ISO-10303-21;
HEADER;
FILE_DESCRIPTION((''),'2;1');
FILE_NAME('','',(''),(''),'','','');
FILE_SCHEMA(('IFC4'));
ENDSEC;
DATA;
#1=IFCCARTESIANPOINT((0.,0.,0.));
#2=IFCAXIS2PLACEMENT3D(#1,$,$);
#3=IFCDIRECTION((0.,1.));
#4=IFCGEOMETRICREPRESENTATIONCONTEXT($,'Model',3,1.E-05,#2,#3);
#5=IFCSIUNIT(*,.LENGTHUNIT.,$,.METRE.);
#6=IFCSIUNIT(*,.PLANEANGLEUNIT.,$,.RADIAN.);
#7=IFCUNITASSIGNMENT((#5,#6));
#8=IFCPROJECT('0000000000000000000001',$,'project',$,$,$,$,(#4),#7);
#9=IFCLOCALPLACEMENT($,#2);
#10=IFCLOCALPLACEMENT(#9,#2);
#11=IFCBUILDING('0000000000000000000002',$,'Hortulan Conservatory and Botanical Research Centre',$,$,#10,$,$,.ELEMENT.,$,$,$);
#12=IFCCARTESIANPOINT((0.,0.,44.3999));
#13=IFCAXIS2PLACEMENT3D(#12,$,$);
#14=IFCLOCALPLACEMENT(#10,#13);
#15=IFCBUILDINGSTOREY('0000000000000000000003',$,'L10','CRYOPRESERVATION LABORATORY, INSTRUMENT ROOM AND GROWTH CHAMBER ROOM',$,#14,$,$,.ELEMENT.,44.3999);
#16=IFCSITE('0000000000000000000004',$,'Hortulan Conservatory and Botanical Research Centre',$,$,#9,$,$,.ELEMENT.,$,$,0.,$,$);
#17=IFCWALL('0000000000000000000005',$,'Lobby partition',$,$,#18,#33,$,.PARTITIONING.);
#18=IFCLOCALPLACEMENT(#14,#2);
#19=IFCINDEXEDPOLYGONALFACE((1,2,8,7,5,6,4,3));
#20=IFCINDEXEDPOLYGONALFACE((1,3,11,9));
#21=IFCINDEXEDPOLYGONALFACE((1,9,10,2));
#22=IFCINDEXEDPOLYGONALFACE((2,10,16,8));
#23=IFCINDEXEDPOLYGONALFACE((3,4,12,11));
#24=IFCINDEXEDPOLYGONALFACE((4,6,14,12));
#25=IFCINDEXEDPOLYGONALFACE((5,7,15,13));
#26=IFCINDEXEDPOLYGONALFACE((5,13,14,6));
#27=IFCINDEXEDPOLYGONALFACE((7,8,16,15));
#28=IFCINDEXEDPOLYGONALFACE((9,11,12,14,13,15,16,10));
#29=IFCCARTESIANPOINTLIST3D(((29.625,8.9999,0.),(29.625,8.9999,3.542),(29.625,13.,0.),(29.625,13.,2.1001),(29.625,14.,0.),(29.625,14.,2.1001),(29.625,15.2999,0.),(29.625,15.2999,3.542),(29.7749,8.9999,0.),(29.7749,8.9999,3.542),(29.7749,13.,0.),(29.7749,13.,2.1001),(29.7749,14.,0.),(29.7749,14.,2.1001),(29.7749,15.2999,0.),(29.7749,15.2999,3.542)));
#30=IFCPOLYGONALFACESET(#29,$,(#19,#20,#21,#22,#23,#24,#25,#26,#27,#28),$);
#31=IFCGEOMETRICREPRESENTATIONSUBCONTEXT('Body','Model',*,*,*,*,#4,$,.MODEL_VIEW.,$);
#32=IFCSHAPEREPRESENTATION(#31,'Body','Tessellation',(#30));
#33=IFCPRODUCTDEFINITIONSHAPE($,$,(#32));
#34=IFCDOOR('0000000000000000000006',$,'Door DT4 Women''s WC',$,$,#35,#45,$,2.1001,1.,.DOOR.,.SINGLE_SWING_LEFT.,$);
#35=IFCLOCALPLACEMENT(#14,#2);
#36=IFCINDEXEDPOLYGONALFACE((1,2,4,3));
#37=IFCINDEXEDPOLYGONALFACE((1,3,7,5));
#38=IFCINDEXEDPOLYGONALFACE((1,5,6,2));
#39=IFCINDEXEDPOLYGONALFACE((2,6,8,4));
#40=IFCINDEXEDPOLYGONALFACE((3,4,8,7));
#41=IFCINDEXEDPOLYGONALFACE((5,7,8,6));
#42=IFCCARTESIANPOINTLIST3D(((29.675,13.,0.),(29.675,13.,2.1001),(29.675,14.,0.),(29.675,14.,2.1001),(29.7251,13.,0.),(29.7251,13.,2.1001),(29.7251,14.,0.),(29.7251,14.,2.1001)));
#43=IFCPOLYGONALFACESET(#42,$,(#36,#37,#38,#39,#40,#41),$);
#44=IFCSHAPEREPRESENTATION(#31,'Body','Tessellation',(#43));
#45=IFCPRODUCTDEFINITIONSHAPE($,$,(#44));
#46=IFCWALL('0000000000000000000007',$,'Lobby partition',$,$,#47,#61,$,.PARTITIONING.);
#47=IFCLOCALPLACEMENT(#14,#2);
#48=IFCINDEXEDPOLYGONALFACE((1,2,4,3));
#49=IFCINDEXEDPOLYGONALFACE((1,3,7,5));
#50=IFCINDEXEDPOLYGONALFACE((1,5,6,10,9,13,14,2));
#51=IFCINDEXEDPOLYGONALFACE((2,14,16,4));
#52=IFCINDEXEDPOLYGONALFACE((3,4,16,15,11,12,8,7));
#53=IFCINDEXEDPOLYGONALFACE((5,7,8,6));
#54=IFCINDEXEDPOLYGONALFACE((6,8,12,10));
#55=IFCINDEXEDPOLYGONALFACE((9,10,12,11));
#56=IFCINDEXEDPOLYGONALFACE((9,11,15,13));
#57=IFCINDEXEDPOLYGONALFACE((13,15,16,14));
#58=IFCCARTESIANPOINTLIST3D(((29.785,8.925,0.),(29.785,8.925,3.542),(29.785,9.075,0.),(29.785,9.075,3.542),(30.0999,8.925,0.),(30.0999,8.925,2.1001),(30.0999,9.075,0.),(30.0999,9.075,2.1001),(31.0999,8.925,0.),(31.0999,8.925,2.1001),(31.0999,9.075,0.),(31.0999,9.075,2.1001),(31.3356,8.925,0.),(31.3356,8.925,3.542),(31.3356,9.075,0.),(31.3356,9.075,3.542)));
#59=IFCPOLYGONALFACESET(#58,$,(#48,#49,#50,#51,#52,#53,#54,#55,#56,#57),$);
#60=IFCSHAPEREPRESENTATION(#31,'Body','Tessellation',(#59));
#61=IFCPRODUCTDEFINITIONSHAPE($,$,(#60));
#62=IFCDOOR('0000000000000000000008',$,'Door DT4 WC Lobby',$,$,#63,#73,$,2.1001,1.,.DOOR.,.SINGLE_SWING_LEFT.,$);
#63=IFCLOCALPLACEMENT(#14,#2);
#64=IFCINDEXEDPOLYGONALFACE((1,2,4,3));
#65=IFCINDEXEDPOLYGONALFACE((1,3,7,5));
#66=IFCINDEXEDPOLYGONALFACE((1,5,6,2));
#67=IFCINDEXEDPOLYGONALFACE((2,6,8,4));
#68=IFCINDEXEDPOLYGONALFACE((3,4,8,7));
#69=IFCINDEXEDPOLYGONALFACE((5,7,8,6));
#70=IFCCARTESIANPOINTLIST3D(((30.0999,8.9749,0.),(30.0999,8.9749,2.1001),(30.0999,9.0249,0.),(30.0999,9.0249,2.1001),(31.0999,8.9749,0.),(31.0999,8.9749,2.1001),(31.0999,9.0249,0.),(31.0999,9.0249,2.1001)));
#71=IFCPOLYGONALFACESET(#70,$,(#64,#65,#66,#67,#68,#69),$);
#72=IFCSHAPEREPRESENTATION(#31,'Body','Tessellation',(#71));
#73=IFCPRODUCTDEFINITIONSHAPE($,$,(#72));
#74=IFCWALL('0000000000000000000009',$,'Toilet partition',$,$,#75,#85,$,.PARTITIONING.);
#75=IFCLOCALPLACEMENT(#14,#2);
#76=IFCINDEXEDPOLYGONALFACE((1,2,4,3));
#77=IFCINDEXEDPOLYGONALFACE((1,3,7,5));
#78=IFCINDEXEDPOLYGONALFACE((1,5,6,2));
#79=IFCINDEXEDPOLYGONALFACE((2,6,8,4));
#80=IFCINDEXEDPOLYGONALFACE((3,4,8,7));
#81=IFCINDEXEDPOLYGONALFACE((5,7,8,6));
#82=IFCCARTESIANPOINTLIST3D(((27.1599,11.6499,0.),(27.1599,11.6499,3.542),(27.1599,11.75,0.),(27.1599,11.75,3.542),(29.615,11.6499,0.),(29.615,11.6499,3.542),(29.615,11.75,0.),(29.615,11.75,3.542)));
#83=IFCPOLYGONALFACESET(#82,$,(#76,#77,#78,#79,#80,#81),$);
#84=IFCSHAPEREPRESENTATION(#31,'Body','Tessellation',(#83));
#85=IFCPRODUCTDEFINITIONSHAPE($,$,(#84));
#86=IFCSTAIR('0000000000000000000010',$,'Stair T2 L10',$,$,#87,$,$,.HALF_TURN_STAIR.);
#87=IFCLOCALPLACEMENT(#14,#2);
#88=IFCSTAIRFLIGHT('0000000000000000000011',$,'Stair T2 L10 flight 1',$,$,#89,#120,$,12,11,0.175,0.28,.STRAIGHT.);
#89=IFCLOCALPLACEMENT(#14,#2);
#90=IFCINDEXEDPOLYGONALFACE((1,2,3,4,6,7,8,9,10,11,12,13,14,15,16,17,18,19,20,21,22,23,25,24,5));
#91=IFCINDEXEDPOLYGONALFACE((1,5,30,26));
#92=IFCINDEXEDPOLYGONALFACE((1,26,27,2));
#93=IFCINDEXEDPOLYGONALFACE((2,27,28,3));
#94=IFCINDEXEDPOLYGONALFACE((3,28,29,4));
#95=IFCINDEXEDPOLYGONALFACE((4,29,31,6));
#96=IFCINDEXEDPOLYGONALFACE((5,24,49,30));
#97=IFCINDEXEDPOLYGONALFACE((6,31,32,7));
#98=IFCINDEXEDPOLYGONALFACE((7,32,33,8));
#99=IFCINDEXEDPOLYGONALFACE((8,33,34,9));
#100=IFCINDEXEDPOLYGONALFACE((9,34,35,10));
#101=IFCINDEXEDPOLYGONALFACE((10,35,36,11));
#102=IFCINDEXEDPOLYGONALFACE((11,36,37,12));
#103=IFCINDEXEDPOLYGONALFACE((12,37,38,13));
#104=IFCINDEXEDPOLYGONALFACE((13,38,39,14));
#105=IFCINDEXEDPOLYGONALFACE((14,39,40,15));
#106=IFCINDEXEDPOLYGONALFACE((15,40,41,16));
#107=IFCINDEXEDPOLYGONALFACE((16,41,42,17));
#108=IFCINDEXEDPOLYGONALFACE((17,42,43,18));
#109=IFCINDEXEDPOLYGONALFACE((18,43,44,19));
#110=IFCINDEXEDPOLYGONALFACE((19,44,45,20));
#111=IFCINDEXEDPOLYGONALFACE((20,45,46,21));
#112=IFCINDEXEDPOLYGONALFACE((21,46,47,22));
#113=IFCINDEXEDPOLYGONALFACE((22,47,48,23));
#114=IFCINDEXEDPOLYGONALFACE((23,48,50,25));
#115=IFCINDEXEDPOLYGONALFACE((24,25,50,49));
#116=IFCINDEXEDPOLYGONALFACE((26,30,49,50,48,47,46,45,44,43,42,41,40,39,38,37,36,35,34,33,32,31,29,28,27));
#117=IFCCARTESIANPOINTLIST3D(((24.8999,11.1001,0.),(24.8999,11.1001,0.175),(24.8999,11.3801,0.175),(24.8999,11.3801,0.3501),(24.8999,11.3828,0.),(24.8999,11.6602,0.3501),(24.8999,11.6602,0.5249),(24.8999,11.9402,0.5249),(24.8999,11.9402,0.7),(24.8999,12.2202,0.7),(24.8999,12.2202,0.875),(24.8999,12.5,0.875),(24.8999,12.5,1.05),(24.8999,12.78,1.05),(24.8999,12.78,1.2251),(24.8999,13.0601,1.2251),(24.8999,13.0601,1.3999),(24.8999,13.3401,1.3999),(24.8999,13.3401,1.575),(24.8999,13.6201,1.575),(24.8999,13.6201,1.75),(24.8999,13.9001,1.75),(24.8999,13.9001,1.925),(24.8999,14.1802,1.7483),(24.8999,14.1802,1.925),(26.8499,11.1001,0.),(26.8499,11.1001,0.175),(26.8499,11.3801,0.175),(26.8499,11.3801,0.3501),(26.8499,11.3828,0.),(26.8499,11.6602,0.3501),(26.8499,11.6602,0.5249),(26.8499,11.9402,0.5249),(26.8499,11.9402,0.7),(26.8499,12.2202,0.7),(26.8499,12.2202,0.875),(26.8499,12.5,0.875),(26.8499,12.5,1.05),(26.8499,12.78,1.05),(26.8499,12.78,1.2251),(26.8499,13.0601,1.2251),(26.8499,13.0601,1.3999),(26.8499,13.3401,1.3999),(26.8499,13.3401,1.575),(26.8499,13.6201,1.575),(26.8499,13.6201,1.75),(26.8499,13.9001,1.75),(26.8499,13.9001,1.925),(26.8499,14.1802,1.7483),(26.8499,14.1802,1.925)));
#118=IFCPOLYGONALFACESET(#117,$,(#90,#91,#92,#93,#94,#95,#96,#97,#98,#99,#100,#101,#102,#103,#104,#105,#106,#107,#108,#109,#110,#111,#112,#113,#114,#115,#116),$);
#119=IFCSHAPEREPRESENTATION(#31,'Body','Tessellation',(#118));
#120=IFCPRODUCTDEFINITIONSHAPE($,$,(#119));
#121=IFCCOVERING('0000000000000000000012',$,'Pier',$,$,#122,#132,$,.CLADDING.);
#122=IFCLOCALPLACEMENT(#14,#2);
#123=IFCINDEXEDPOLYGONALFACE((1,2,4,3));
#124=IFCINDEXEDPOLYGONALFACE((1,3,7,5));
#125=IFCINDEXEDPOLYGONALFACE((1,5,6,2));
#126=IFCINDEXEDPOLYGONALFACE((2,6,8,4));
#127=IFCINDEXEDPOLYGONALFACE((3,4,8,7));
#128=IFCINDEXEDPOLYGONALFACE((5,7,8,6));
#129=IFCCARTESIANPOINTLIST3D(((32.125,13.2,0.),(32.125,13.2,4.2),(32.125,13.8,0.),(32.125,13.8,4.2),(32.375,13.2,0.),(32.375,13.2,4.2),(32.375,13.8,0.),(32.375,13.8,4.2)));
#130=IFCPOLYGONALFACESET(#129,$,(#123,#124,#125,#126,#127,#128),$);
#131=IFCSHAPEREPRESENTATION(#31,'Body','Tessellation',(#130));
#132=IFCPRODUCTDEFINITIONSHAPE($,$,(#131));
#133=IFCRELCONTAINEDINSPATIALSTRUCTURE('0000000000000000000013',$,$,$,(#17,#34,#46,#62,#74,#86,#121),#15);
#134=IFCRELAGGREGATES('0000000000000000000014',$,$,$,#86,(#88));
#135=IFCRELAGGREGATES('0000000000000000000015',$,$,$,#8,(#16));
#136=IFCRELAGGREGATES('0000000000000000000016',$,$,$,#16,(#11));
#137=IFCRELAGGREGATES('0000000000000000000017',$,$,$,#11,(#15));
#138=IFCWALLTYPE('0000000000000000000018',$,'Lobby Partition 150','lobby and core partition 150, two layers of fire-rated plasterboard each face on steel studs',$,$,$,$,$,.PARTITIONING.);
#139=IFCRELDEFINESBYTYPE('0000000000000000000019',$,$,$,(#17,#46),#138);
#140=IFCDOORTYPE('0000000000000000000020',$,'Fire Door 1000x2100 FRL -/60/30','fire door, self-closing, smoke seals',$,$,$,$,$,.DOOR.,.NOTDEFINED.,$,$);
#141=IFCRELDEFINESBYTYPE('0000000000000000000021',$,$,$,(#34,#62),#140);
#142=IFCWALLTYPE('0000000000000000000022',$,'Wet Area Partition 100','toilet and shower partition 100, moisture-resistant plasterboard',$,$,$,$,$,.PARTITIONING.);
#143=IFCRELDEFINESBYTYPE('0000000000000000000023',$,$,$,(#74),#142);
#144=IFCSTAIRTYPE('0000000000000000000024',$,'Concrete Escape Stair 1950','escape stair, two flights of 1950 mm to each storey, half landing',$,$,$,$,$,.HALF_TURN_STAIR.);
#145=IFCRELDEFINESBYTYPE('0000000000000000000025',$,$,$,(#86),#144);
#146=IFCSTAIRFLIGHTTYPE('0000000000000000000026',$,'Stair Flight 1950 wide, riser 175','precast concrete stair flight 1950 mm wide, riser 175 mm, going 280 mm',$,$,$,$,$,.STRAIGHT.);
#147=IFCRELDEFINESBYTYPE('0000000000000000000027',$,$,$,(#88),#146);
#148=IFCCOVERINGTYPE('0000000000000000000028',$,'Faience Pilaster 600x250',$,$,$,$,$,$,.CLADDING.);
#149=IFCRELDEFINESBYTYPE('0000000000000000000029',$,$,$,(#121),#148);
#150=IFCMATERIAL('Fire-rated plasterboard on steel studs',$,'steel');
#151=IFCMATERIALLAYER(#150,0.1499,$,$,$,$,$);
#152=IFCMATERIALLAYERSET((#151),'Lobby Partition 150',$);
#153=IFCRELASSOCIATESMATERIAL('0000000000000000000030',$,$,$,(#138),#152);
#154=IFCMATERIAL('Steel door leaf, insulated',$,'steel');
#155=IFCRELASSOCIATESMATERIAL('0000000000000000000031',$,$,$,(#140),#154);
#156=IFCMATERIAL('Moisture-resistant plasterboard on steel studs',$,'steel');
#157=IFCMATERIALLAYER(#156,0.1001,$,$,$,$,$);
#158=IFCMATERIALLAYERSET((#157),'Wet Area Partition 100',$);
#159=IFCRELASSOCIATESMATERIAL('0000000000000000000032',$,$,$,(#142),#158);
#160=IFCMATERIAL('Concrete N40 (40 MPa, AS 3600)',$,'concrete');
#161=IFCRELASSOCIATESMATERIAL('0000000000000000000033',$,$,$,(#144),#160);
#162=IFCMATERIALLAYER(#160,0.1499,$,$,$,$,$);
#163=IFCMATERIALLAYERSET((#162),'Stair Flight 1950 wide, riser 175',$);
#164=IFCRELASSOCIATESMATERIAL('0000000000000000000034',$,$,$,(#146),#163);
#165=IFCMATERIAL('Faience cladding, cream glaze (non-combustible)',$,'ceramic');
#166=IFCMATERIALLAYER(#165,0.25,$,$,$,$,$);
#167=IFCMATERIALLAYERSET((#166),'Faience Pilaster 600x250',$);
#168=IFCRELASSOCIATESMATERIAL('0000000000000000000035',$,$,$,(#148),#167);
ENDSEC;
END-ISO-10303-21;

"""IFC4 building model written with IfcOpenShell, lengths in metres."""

from ifc_helpers import new_model, si_unit, direction, frame, frame_2d, origin, origin_2d, place, context, subcontext, project, spatial, polyline, rectangle, outline, extrude, material, layer, layer_set, type_object, element, fill, aggregate, save


model = new_model("IFC4")

# Units and contexts
model_context = context("Model", 3, precision=1e-05, world=origin(), true_north=direction((0.0, 1.0)))
body_context = subcontext(model_context, "Body", "Model", "MODEL_VIEW")
ifc_project = project(units=[si_unit("LENGTHUNIT", "METRE"), si_unit("PLANEANGLEUNIT", "RADIAN")], contexts=[model_context])

# Site, building, storey
site_placement = place(None, origin())
site = spatial("IfcSite", under=ifc_project, at=site_placement, Name="Hortulan Conservatory and Botanical Research Centre", CompositionType="ELEMENT", RefElevation=0.0)
building_placement = place(site_placement, origin())
building = spatial("IfcBuilding", under=site, at=building_placement, Name="Hortulan Conservatory and Botanical Research Centre", CompositionType="ELEMENT")
storey_placement = place(building_placement, frame((0.0, 0.0, 44.3999)))
storey = spatial("IfcBuildingStorey", under=building, at=storey_placement, Name="L10", Description="CRYOPRESERVATION LABORATORY, INSTRUMENT ROOM AND GROWTH CHAMBER ROOM", CompositionType="ELEMENT", Elevation=44.3999)

# Shared definitions
ifc_material_1 = material(Name="Concrete N40 (40 MPa, AS 3600)", Category="concrete")

# Walls, openings, doors
ifc_material_2 = material(Name="Fire-rated plasterboard on steel studs", Category="steel")
ifc_layer_1 = layer(ifc_material_2, 0.1499)
ifc_layer_set_1 = layer_set([ifc_layer_1], Name="Lobby Partition 150")
wall_type_1 = type_object("IfcWallType", Name="Lobby Partition 150", Description="lobby and core partition 150, two layers of fire-rated plasterboard each face on steel studs", PredefinedType="PARTITIONING", material=ifc_layer_set_1)
wall_1_placement = place(storey_placement, frame((29.7, 9.0, 0.0), z_axis=(0.0, 0.0, 1.0), x_axis=(0.0, 1.0, 0.0)))
wall_1 = element("IfcWall", 1, at=wall_1_placement, inside=storey, type_object=wall_type_1, Name="Lobby partition", PredefinedType="PARTITIONING", context=body_context, shape_type="SweptSolid", body=[
    extrude(rectangle(XDim=6.3, YDim=0.1499, at=frame_2d((3.1499, 0.0))), origin(), (0.0, 0.0, 1.0), 3.542),
])
opening_1_placement = place(wall_1_placement, frame((4.0, 0.0, 0.0)))
opening_1 = element("IfcOpeningElement", 2, at=opening_1_placement, cuts=wall_1, PredefinedType="OPENING", context=body_context, shape_type="SweptSolid", body=[
    extrude(rectangle(XDim=1.0, YDim=2.1001, at=frame_2d((0.5, 1.05))), frame((0.0, 0.085, 0.0), z_axis=(0.0, -1.0, 0.0), x_axis=(1.0, 0.0, 0.0)), (0.0, 0.0, 1.0), 0.1699),
])
ifc_material_3 = material(Name="Steel door leaf, insulated", Category="steel")
door_type_1 = type_object("IfcDoorType", Name="Fire Door 1000x2100 FRL -/60/30", Description="fire door, self-closing, smoke seals", OperationType="NOTDEFINED", PredefinedType="DOOR", material=ifc_material_3)
door_1_placement = place(opening_1_placement, origin())
door_1 = element("IfcDoor", 3, at=door_1_placement, inside=storey, type_object=door_type_1, Name="Door DT4 Women's WC", OperationType="SINGLE_SWING_LEFT", OverallHeight=2.1001, OverallWidth=1.0, PredefinedType="DOOR", context=body_context, shape_type="SweptSolid", body=[
    extrude(rectangle(XDim=1.0, YDim=2.1001, at=frame_2d((0.5, 1.05))), frame((0.0, 0.0249, 0.0), z_axis=(0.0, -1.0, 0.0), x_axis=(1.0, 0.0, 0.0)), (0.0, 0.0, 1.0), 0.05),
])
fill(opening_1, door_1)
wall_2_placement = place(storey_placement, frame((29.7849, 9.0, 0.0), z_axis=(0.0, 0.0, 1.0), x_axis=(1.0, 0.0, 0.0)))
wall_2 = element("IfcWall", 4, at=wall_2_placement, inside=storey, type_object=wall_type_1, Name="Lobby partition", PredefinedType="PARTITIONING", context=body_context, shape_type="SweptSolid", body=[
    extrude(rectangle(XDim=1.5505, YDim=0.1499, at=frame_2d((0.7754, 0.0))), origin(), (0.0, 0.0, 1.0), 3.542),
])
opening_2_placement = place(wall_2_placement, frame((0.3149, 0.0, 0.0)))
opening_2 = element("IfcOpeningElement", 5, at=opening_2_placement, cuts=wall_2, PredefinedType="OPENING", context=body_context, shape_type="SweptSolid", body=[
    extrude(rectangle(XDim=1.0, YDim=2.1001, at=frame_2d((0.5, 1.05))), frame((0.0, 0.085, 0.0), z_axis=(0.0, -1.0, 0.0), x_axis=(1.0, 0.0, 0.0)), (0.0, 0.0, 1.0), 0.1699),
])
door_2_placement = place(opening_2_placement, origin())
door_2 = element("IfcDoor", 6, at=door_2_placement, inside=storey, type_object=door_type_1, Name="Door DT4 WC Lobby", OperationType="SINGLE_SWING_LEFT", OverallHeight=2.1001, OverallWidth=1.0, PredefinedType="DOOR", context=body_context, shape_type="SweptSolid", body=[
    extrude(rectangle(XDim=1.0, YDim=2.1001, at=frame_2d((0.5, 1.05))), frame((0.0, 0.0249, 0.0), z_axis=(0.0, -1.0, 0.0), x_axis=(1.0, 0.0, 0.0)), (0.0, 0.0, 1.0), 0.05),
])
fill(opening_2, door_2)

# Wall
ifc_material_4 = material(Name="Moisture-resistant plasterboard on steel studs", Category="steel")
ifc_layer_2 = layer(ifc_material_4, 0.1001)
ifc_layer_set_2 = layer_set([ifc_layer_2], Name="Wet Area Partition 100")
wall_type_2 = type_object("IfcWallType", Name="Wet Area Partition 100", Description="toilet and shower partition 100, moisture-resistant plasterboard", PredefinedType="PARTITIONING", material=ifc_layer_set_2)
wall_3_placement = place(storey_placement, frame((27.1599, 11.7, 0.0), z_axis=(0.0, 0.0, 1.0), x_axis=(1.0, 0.0, 0.0)))
element("IfcWall", 7, at=wall_3_placement, inside=storey, type_object=wall_type_2, Name="Toilet partition", PredefinedType="PARTITIONING", context=body_context, shape_type="SweptSolid", body=[
    extrude(rectangle(XDim=2.4551, YDim=0.1001, at=frame_2d((1.2275, 0.0))), origin(), (0.0, 0.0, 1.0), 3.542),
])

# Stair, stair flight
stair_type = type_object("IfcStairType", Name="Concrete Escape Stair 1950", Description="escape stair, two flights of 1950 mm to each storey, half landing", PredefinedType="HALF_TURN_STAIR", material=ifc_material_1)
stair_placement = place(storey_placement, origin())
stair = element("IfcStair", 8, at=stair_placement, inside=storey, type_object=stair_type, Name="Stair T2 L10", PredefinedType="HALF_TURN_STAIR")
ifc_layer_3 = layer(ifc_material_1, 0.1499)
ifc_layer_set_3 = layer_set([ifc_layer_3], Name="Stair Flight 1950 wide, riser 175")
stair_flight_type = type_object("IfcStairFlightType", Name="Stair Flight 1950 wide, riser 175", Description="precast concrete stair flight 1950 mm wide, riser 175 mm, going 280 mm", PredefinedType="STRAIGHT", material=ifc_layer_set_3)
stair_flight_placement = place(storey_placement, frame((25.875, 11.1001, 0.0), z_axis=(0.0, 0.0, 1.0), x_axis=(0.0, 1.0, 0.0)))
stair_flight = element("IfcStairFlight", 9, at=stair_flight_placement, type_object=stair_flight_type, Name="Stair T2 L10 flight 1", NumberOfRisers=12, NumberOfTreads=11, PredefinedType="STRAIGHT", RiserHeight=0.175, TreadLength=0.28, context=body_context, shape_type="SweptSolid", body=[
    extrude(outline(polyline([(0.0, 0.0), (0.0, 0.175), (0.28, 0.175), (0.28, 0.3501), (0.5601, 0.3501), (0.5601, 0.5249), (0.8401, 0.5249), (0.8401, 0.7), (1.1201, 0.7), (1.1201, 0.875), (1.3999, 0.875), (1.3999, 1.05), (1.6799, 1.05), (1.6799, 1.2251), (1.96, 1.2251), (1.96, 1.3999), (2.24, 1.3999), (2.24, 1.575), (2.52, 1.575), (2.52, 1.75), (2.8, 1.75), (2.8, 1.925), (3.0801, 1.925), (3.0801, 2.1001), (3.0801, 1.7483), (0.2827, 0.0), (0.0, 0.0)])), frame((0.0, 0.9751, 0.0), z_axis=(0.0, -1.0, 0.0), x_axis=(1.0, 0.0, 0.0)), (0.0, 0.0, 1.0), 1.95),
])
aggregate(stair, [stair_flight])

# Covering
ifc_material_5 = material(Name="Faience cladding, cream glaze (non-combustible)", Category="ceramic")
ifc_layer_4 = layer(ifc_material_5, 0.25)
ifc_layer_set_4 = layer_set([ifc_layer_4], Name="Faience Pilaster 600x250")
covering_type = type_object("IfcCoveringType", Name="Faience Pilaster 600x250", PredefinedType="CLADDING", material=ifc_layer_set_4)
covering_placement = place(storey_placement, frame((32.25, 13.5, 0.0), z_axis=(0.0, 0.0, 1.0), x_axis=(0.0, 1.0, 0.0)))
element("IfcCovering", 10, at=covering_placement, inside=storey, type_object=covering_type, Name="Pier", PredefinedType="CLADDING", context=body_context, shape_type="SweptSolid", body=[
    extrude(rectangle(XDim=0.6001, YDim=0.25, at=origin_2d()), origin(), (0.0, 0.0, 1.0), 4.2),
])

save(model, "model.ifc")
